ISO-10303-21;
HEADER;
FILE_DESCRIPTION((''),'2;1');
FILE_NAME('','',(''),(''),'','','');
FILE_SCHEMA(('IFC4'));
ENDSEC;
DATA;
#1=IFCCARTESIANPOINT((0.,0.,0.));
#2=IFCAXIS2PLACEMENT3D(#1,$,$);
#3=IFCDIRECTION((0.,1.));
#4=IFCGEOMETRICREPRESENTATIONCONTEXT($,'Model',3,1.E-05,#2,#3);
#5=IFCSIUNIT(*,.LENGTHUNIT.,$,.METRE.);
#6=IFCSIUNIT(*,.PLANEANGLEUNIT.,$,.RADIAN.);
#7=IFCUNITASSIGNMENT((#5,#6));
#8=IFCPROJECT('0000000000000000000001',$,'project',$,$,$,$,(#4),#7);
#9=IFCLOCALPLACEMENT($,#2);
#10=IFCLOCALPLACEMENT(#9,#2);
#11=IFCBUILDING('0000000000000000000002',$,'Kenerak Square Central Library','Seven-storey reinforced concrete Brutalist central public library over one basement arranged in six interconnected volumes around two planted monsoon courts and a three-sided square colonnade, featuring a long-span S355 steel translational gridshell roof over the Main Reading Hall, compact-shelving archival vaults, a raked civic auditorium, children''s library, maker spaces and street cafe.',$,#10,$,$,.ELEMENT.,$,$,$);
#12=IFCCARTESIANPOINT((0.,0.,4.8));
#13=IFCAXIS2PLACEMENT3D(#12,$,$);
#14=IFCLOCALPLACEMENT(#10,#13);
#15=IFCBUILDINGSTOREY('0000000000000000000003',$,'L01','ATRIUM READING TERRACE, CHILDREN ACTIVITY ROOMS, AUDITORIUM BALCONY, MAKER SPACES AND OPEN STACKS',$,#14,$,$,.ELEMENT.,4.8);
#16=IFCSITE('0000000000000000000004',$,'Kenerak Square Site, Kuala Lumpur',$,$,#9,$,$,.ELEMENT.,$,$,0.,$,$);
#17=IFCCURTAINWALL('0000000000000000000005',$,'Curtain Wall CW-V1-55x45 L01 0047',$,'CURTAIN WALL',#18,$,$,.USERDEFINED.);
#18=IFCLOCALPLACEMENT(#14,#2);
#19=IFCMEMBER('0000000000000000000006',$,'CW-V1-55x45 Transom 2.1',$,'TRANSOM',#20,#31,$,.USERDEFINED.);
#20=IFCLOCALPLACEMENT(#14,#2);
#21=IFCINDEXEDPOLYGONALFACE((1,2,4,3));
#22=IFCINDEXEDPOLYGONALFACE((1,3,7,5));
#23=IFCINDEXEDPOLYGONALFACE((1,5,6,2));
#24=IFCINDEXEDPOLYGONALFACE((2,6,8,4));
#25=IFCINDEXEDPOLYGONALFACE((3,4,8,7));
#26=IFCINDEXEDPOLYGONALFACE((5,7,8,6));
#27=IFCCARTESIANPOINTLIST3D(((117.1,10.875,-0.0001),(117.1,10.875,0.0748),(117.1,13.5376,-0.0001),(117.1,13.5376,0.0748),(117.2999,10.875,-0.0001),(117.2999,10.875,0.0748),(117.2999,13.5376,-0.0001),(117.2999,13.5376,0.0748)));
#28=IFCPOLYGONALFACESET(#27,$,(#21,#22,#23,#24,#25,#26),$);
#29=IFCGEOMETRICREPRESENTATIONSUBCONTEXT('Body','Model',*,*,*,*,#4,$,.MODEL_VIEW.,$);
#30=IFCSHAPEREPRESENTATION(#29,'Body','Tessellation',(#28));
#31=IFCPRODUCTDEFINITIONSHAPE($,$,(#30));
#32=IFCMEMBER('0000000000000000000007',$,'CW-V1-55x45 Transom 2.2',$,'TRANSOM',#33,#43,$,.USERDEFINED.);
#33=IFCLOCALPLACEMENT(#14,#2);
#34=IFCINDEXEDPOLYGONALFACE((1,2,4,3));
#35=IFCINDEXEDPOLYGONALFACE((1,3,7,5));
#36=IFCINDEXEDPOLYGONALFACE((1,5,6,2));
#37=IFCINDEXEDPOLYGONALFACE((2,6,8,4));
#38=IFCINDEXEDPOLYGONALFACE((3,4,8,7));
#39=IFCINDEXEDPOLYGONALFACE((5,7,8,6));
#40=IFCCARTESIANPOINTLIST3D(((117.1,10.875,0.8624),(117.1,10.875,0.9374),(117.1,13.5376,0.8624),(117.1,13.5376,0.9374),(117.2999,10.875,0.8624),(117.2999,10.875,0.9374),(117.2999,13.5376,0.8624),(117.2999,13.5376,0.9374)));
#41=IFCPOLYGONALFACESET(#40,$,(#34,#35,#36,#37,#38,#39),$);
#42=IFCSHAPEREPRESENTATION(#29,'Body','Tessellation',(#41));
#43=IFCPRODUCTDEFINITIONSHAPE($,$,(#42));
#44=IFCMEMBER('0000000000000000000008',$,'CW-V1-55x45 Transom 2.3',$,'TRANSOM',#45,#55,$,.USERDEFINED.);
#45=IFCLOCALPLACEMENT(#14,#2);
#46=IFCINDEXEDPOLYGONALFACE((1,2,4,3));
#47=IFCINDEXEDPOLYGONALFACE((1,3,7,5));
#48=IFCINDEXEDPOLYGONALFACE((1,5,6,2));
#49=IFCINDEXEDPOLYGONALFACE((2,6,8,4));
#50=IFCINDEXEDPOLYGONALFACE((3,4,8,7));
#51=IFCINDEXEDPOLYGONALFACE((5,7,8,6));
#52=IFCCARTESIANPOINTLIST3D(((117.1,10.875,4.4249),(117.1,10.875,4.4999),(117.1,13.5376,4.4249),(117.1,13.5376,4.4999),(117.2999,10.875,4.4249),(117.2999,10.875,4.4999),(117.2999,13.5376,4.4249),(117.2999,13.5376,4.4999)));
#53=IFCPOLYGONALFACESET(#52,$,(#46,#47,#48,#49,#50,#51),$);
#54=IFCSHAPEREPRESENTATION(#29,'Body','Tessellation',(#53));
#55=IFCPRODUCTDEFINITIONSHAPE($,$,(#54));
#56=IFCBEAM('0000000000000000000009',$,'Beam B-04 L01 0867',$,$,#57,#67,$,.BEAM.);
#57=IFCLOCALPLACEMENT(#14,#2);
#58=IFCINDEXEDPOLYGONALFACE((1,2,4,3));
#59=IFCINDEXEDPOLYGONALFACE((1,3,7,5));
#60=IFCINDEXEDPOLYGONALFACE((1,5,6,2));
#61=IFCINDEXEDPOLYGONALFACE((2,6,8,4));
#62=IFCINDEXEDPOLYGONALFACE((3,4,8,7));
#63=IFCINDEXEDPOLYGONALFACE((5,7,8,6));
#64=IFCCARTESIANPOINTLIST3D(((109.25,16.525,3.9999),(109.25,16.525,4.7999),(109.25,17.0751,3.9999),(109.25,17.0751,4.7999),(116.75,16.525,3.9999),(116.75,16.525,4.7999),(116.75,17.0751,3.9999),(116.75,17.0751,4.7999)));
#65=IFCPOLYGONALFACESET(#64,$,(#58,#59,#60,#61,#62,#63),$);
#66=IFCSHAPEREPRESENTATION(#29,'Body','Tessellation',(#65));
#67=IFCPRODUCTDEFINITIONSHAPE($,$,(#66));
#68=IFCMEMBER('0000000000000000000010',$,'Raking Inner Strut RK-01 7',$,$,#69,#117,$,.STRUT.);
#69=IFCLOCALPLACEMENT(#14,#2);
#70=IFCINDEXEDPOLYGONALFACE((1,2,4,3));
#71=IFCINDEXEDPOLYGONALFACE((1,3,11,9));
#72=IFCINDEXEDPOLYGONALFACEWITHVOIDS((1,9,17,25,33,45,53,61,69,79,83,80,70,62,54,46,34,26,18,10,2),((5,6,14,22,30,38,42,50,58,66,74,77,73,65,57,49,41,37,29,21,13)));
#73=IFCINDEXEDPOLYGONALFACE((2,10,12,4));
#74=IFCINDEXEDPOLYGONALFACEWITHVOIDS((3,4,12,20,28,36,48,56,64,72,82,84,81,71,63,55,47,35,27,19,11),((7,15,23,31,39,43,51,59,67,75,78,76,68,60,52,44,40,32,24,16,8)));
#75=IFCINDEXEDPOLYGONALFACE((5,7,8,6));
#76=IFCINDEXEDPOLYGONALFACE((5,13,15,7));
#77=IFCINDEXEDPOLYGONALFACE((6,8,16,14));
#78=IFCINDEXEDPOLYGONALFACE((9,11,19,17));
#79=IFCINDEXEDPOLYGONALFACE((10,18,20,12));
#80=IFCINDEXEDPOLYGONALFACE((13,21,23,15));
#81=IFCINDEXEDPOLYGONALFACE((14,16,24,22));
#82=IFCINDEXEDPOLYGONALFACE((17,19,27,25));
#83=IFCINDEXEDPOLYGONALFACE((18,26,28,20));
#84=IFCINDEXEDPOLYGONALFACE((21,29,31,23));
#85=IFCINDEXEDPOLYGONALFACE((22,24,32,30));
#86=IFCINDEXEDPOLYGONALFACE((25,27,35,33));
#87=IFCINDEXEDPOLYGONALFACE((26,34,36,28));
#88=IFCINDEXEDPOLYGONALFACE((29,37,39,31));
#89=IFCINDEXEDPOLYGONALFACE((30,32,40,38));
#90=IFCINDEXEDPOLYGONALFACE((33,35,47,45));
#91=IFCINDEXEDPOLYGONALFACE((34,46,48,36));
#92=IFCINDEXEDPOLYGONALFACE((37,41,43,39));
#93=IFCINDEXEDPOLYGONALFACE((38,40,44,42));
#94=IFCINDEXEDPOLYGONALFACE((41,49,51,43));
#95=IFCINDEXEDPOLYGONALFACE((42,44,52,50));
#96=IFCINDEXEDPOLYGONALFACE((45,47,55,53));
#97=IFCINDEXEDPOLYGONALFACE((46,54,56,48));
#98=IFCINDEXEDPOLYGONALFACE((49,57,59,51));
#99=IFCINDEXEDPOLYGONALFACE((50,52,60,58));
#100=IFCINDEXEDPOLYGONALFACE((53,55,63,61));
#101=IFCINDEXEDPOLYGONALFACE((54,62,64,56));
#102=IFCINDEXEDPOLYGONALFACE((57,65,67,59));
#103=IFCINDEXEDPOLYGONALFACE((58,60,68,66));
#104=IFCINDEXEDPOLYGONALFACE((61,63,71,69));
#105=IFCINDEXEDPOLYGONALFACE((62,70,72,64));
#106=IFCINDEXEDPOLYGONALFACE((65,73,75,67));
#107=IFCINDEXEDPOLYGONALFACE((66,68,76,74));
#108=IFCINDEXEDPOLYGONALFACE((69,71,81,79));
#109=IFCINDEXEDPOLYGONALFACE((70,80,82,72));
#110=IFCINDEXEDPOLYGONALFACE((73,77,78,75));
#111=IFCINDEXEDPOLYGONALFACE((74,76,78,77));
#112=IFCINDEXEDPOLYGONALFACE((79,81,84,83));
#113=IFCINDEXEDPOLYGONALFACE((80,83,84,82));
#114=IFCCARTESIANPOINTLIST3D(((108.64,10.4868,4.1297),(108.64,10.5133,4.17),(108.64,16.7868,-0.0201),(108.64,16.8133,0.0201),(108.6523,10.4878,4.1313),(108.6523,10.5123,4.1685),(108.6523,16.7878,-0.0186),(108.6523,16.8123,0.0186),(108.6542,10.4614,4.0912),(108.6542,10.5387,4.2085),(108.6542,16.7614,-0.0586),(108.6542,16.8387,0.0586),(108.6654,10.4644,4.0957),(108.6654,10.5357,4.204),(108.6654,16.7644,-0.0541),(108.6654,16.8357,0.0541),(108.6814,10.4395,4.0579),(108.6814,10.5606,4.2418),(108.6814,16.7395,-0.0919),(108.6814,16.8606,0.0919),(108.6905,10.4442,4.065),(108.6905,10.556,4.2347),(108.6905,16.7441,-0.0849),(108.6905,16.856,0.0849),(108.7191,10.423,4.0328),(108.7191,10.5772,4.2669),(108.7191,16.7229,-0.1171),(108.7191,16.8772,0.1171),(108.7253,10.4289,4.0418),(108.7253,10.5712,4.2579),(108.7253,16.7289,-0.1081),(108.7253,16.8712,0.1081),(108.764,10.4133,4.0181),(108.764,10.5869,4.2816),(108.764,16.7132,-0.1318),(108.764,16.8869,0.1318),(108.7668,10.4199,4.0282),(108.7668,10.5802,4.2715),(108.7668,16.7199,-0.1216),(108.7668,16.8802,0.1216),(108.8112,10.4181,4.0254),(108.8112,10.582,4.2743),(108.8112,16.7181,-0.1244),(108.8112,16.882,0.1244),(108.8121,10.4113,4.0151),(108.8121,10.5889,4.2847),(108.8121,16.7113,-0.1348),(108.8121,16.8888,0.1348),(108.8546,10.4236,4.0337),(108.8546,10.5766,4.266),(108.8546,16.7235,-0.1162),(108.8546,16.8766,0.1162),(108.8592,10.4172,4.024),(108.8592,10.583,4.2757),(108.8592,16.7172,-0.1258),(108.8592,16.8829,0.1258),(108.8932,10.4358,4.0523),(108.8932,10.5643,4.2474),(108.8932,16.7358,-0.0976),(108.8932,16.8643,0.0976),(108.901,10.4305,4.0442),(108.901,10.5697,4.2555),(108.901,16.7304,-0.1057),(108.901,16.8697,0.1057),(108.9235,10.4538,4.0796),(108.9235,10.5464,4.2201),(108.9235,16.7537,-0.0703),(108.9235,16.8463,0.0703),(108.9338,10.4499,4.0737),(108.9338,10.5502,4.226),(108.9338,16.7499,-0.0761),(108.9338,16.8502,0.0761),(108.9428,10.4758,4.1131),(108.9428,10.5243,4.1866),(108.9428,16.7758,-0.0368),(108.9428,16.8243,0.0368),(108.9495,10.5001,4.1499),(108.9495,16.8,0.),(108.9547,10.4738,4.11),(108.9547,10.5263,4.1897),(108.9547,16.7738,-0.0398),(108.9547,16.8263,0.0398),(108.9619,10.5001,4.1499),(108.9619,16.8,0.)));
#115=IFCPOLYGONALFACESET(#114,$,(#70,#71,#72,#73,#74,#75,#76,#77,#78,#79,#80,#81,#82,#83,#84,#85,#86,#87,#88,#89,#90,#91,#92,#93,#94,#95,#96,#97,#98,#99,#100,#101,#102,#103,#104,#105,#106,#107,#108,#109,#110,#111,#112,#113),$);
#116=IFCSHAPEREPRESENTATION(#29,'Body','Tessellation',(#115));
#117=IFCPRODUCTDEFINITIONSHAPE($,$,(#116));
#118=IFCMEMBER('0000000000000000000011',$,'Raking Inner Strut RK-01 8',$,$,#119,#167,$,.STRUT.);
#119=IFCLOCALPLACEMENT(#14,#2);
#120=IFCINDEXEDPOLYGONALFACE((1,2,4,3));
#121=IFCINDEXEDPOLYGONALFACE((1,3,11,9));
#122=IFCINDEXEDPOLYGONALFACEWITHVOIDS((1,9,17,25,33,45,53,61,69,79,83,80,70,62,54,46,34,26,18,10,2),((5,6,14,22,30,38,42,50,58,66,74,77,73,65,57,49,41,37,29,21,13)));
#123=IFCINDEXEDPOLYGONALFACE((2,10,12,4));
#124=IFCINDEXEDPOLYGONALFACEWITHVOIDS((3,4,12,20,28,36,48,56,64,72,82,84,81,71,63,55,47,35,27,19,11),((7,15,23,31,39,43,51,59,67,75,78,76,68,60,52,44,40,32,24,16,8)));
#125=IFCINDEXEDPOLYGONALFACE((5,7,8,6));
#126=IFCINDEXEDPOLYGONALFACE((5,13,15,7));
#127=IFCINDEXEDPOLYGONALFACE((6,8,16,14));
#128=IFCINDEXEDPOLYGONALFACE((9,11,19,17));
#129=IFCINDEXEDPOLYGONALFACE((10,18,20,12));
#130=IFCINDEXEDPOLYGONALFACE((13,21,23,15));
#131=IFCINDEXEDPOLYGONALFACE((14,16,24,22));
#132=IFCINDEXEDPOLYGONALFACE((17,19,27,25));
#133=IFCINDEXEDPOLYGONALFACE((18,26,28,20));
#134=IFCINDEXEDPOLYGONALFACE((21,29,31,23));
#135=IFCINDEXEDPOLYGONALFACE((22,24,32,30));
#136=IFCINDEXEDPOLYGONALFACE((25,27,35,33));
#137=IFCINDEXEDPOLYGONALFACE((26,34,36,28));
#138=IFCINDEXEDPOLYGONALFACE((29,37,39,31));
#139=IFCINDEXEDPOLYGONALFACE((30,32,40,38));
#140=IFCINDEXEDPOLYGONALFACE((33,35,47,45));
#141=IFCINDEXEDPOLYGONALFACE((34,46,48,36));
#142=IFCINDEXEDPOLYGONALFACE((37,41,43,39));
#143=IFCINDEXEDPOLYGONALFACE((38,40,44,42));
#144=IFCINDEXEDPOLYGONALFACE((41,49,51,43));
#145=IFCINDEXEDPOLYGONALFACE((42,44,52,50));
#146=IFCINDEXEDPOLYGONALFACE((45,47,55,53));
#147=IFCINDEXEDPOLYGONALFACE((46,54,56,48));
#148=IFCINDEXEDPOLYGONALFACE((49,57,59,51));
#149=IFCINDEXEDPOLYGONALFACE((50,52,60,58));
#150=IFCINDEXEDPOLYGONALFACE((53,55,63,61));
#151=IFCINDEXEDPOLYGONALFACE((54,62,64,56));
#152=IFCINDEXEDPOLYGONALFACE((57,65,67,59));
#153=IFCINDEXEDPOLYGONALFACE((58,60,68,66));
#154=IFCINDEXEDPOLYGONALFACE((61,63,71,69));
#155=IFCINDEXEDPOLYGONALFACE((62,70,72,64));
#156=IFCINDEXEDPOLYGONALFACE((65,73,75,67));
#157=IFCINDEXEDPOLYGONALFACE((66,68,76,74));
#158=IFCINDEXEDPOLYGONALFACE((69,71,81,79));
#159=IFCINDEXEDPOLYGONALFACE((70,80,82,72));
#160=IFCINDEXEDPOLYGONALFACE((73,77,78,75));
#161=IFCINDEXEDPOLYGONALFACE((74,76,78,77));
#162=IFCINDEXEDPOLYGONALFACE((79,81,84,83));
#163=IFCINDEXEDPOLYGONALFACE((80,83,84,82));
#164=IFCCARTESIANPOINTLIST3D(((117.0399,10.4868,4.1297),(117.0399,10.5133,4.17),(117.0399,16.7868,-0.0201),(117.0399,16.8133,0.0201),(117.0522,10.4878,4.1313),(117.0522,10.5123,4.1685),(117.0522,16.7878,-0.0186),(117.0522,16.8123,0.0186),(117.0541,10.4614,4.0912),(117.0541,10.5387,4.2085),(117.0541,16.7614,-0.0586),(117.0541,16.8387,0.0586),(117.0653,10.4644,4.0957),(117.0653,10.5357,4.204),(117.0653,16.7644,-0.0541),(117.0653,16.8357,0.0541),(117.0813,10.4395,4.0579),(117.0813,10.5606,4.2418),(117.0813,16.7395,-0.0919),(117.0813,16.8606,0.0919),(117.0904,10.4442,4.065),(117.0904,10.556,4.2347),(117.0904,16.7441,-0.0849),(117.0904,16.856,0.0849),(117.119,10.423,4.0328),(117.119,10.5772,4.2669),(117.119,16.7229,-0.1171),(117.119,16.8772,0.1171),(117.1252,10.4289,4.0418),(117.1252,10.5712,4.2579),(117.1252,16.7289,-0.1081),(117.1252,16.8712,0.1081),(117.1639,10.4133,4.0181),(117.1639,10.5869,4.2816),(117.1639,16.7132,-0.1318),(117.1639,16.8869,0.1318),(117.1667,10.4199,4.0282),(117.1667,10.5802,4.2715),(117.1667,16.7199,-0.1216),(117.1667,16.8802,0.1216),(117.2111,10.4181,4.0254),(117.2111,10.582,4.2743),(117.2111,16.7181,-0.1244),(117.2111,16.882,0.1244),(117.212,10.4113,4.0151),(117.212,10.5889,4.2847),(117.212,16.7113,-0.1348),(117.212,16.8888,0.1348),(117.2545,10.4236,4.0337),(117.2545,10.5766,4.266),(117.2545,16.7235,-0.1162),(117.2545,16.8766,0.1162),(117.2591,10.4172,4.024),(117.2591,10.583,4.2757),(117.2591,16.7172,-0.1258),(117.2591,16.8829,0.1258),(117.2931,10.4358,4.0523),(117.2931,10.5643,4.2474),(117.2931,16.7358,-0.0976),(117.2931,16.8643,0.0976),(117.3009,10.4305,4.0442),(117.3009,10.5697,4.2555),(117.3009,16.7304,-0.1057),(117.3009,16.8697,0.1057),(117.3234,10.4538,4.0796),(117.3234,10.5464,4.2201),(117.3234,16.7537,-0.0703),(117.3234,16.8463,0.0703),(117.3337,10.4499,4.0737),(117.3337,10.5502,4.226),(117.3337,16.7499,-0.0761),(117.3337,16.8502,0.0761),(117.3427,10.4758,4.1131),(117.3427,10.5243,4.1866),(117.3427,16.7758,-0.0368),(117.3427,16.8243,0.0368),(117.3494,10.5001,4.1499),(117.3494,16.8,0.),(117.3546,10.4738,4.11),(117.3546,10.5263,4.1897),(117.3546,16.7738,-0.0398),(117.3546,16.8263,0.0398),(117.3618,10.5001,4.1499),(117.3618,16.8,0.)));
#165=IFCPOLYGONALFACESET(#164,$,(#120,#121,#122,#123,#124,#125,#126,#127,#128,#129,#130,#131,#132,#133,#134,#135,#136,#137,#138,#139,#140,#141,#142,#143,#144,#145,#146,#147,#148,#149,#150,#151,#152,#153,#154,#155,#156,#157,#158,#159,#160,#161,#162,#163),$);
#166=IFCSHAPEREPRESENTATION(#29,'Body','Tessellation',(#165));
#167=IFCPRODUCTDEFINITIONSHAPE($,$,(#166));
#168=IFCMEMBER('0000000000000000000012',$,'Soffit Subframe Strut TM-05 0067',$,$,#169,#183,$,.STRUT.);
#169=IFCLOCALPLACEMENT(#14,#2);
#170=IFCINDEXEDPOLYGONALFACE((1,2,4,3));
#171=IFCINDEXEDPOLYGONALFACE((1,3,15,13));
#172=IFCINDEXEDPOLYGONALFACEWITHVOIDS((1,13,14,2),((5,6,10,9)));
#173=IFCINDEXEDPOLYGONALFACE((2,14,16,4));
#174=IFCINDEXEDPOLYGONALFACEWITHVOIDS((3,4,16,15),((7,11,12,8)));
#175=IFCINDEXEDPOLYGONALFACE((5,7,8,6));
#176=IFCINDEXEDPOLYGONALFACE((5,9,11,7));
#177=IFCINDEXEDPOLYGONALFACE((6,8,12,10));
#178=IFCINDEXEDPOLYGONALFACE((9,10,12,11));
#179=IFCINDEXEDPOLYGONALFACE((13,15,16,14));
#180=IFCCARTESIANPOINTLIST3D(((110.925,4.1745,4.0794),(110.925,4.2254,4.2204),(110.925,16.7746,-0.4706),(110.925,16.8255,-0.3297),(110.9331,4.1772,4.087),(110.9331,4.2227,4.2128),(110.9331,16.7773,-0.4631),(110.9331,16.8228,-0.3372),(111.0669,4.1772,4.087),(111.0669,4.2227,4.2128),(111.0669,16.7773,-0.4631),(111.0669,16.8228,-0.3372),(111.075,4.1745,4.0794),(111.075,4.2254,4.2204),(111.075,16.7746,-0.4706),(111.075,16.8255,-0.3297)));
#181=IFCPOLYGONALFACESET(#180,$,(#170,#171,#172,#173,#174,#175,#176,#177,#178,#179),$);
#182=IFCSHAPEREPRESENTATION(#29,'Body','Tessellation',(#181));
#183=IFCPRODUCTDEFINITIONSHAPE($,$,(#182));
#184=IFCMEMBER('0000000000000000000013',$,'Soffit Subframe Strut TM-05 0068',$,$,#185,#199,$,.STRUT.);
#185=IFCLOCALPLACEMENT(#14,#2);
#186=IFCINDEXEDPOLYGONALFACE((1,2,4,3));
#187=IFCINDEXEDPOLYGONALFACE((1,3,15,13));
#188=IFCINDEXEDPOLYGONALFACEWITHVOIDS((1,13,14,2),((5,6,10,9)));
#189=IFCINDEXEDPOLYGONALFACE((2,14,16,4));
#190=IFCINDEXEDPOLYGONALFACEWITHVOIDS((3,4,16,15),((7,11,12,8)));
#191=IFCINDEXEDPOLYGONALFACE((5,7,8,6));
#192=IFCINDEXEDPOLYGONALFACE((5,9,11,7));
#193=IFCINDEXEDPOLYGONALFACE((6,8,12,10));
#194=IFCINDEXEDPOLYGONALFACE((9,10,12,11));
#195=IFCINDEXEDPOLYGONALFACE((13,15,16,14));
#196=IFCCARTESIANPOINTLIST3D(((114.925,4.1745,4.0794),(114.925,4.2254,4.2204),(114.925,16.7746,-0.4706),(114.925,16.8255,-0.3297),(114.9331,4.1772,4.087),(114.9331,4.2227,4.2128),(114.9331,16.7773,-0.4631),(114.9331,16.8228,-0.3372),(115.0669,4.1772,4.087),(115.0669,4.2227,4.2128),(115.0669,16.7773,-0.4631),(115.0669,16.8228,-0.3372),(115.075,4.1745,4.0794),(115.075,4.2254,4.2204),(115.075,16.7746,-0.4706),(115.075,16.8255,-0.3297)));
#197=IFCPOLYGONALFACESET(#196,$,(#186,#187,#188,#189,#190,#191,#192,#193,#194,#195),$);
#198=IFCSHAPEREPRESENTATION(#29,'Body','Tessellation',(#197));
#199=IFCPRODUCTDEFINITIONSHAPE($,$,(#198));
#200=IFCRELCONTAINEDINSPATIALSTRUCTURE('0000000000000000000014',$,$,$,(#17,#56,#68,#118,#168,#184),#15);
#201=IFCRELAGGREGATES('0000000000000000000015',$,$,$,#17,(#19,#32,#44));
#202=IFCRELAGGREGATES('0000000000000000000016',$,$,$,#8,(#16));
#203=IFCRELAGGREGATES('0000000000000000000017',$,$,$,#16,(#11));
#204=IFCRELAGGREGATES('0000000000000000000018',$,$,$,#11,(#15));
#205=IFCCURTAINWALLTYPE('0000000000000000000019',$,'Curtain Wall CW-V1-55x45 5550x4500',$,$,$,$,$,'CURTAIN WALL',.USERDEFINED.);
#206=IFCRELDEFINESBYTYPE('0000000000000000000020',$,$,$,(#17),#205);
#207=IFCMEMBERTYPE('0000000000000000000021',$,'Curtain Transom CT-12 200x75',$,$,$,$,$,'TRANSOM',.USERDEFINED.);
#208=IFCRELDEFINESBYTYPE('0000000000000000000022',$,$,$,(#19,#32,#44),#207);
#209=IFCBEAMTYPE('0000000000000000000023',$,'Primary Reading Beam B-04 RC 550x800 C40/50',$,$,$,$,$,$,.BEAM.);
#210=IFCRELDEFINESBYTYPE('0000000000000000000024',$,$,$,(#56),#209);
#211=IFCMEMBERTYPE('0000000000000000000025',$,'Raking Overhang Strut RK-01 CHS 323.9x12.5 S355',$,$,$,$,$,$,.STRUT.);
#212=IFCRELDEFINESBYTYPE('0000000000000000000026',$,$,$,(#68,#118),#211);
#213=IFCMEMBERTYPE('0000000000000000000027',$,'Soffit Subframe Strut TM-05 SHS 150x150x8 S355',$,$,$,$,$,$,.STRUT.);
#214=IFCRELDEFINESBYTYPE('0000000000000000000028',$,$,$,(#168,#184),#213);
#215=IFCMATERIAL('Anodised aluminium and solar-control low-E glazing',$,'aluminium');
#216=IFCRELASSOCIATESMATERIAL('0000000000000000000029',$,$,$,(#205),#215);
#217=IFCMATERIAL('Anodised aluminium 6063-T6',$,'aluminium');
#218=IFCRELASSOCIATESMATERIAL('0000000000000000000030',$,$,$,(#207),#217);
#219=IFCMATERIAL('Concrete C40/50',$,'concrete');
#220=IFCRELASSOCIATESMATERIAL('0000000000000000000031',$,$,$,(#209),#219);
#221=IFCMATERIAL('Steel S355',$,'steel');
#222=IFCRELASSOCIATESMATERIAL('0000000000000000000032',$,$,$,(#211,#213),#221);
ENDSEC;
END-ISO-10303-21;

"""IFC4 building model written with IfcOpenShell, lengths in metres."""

from ifc_helpers import new_model, si_unit, direction, frame, origin, origin_2d, place, context, subcontext, project, spatial, rectangle, hollow_rectangle, hollow_circle, extrude, material, material_profile, profile_set, type_object, element, aggregate, save


model = new_model("IFC4")

# Units and contexts
model_context = context("Model", 3, precision=1e-05, world=origin(), true_north=direction((0.0, 1.0)))
body_context = subcontext(model_context, "Body", "Model", "MODEL_VIEW")
ifc_project = project(units=[si_unit("LENGTHUNIT", "METRE"), si_unit("PLANEANGLEUNIT", "RADIAN")], contexts=[model_context])

# Site, building, storey
site_placement = place(None, origin())
site = spatial("IfcSite", under=ifc_project, at=site_placement, Name="Kenerak Square Site, Kuala Lumpur", CompositionType="ELEMENT", RefElevation=0.0)
building_placement = place(site_placement, origin())
building = spatial("IfcBuilding", under=site, at=building_placement, Name="Kenerak Square Central Library", Description="Seven-storey reinforced concrete Brutalist central public library over one basement arranged in six interconnected volumes around two planted monsoon courts and a three-sided square colonnade, featuring a long-span S355 steel translational gridshell roof over the Main Reading Hall, compact-shelving archival vaults, a raked civic auditorium, children's library, maker spaces and street cafe.", CompositionType="ELEMENT")
storey_placement = place(building_placement, frame((0.0, 0.0, 4.8)))
storey = spatial("IfcBuildingStorey", under=building, at=storey_placement, Name="L01", Description="ATRIUM READING TERRACE, CHILDREN ACTIVITY ROOMS, AUDITORIUM BALCONY, MAKER SPACES AND OPEN STACKS", CompositionType="ELEMENT", Elevation=4.8)

# Shared definitions
ifc_material_1 = material(Name="Steel S355", Category="steel")

# Curtain wall, members
ifc_material_2 = material(Name="Anodised aluminium and solar-control low-E glazing", Category="aluminium")
curtain_wall_type = type_object("IfcCurtainWallType", Name="Curtain Wall CW-V1-55x45 5550x4500", ElementType="CURTAIN WALL", PredefinedType="USERDEFINED", material=ifc_material_2)
curtain_wall_placement = place(storey_placement, origin())
curtain_wall = element("IfcCurtainWall", 1, at=curtain_wall_placement, inside=storey, type_object=curtain_wall_type, Name="Curtain Wall CW-V1-55x45 L01 0047", ObjectType="CURTAIN WALL", PredefinedType="USERDEFINED")
ifc_material_3 = material(Name="Anodised aluminium 6063-T6", Category="aluminium")
ifc_material_profile_1 = material_profile(ifc_material_3, rectangle(XDim=0.2, YDim=0.075, at=origin_2d()), Name="AL TRANSOM 200x75")
ifc_profile_set_1 = profile_set([ifc_material_profile_1], Name="Anodised aluminium 6063-T6")
member_type_1 = type_object("IfcMemberType", Name="Curtain Transom CT-12 200x75", ElementType="TRANSOM", PredefinedType="USERDEFINED", material=ifc_profile_set_1)
member_1_placement = place(storey_placement, frame((117.2, 13.5376, 0.0374), z_axis=(0.0, -1.0, 0.0), x_axis=(1.0, 0.0, 0.0)))
member_1 = element("IfcMember", 2, at=member_1_placement, type_object=member_type_1, Name="CW-V1-55x45 Transom 2.1", ObjectType="TRANSOM", PredefinedType="USERDEFINED", context=body_context, shape_type="SweptSolid", body=[
    extrude(rectangle(XDim=0.2, YDim=0.075, at=origin_2d()), origin(), (0.0, 0.0, 1.0), 2.6626),
])
member_2_placement = place(storey_placement, frame((117.2, 13.5376, 0.8999), z_axis=(0.0, -1.0, 0.0), x_axis=(1.0, 0.0, 0.0)))
member_2 = element("IfcMember", 3, at=member_2_placement, type_object=member_type_1, Name="CW-V1-55x45 Transom 2.2", ObjectType="TRANSOM", PredefinedType="USERDEFINED", context=body_context, shape_type="SweptSolid", body=[
    extrude(rectangle(XDim=0.2, YDim=0.075, at=origin_2d()), origin(), (0.0, 0.0, 1.0), 2.6626),
])
member_3_placement = place(storey_placement, frame((117.2, 13.5376, 4.4624), z_axis=(0.0, -1.0, 0.0), x_axis=(1.0, 0.0, 0.0)))
member_3 = element("IfcMember", 4, at=member_3_placement, type_object=member_type_1, Name="CW-V1-55x45 Transom 2.3", ObjectType="TRANSOM", PredefinedType="USERDEFINED", context=body_context, shape_type="SweptSolid", body=[
    extrude(rectangle(XDim=0.2, YDim=0.075, at=origin_2d()), origin(), (0.0, 0.0, 1.0), 2.6626),
])

# Beam
ifc_material_4 = material(Name="Concrete C40/50", Category="concrete")
ifc_material_profile_2 = material_profile(ifc_material_4, rectangle(XDim=0.55, YDim=0.8, at=origin_2d()), Name="RC 550x800")
ifc_profile_set_2 = profile_set([ifc_material_profile_2], Name="Concrete C40/50")
beam_type_1 = type_object("IfcBeamType", Name="Primary Reading Beam B-04 RC 550x800 C40/50", PredefinedType="BEAM", material=ifc_profile_set_2)
beam_1_placement = place(storey_placement, frame((109.25, 16.8, 4.3999), z_axis=(1.0, 0.0, 0.0), x_axis=(0.0, 1.0, 0.0)))
element("IfcBeam", 5, at=beam_1_placement, inside=storey, type_object=beam_type_1, Name="Beam B-04 L01 0867", PredefinedType="BEAM", context=body_context, shape_type="SweptSolid", body=[
    extrude(rectangle(XDim=0.55, YDim=0.8, at=origin_2d()), origin(), (0.0, 0.0, 1.0), 7.5),
])

# Members
ifc_material_profile_3 = material_profile(ifc_material_1, hollow_circle(Radius=0.1619, WallThickness=0.0125, at=origin_2d()), Name="CHS 323.9x12.5")
ifc_profile_set_3 = profile_set([ifc_material_profile_3], Name="Steel S355")
member_type_2 = type_object("IfcMemberType", Name="Raking Overhang Strut RK-01 CHS 323.9x12.5 S355", PredefinedType="STRUT", material=ifc_profile_set_3)
for number, where, z_axis, x_axis, name in (
    (6, (108.8, 16.8, 0.0), (0.0, -0.835105, 0.550091), (1.0, 0.0, 0.0), "Raking Inner Strut RK-01 7"),
    (7, (117.2, 16.8, 0.0), (0.0, -0.835105, 0.550091), (1.0, 0.0, 0.0), "Raking Inner Strut RK-01 8"),
):
    element("IfcMember", number, at=place(storey_placement, frame(where, z_axis=z_axis, x_axis=x_axis)), inside=storey, type_object=member_type_2, Name=name, PredefinedType="STRUT", context=body_context, shape_type="SweptSolid", body=[
        extrude(hollow_circle(Radius=0.1619, WallThickness=0.0125, at=origin_2d()), origin(), (0.0, 0.0, 1.0), 7.5439),
    ])
ifc_material_profile_4 = material_profile(ifc_material_1, hollow_rectangle(XDim=0.1499, YDim=0.1499, WallThickness=0.0081, at=origin_2d()), Name="SHS 150x150x8.0")
ifc_profile_set_4 = profile_set([ifc_material_profile_4], Name="Steel S355")
member_type_3 = type_object("IfcMemberType", Name="Soffit Subframe Strut TM-05 SHS 150x150x8 S355", PredefinedType="STRUT", material=ifc_profile_set_4)
for number, where, z_axis, x_axis, name in (
    (8, (111.0, 16.8, -0.4001), (0.0, -0.940554, 0.339645), (1.0, 0.0, 0.0), "Soffit Subframe Strut TM-05 0067"),
    (9, (115.0, 16.8, -0.4001), (0.0, -0.940554, 0.339645), (1.0, 0.0, 0.0), "Soffit Subframe Strut TM-05 0068"),
):
    element("IfcMember", number, at=place(storey_placement, frame(where, z_axis=z_axis, x_axis=x_axis)), inside=storey, type_object=member_type_3, Name=name, PredefinedType="STRUT", context=body_context, shape_type="SweptSolid", body=[
        extrude(hollow_rectangle(XDim=0.1499, YDim=0.1499, WallThickness=0.0081, at=origin_2d()), origin(), (0.0, 0.0, 1.0), 13.3965),
    ])

aggregate(curtain_wall, [member_1, member_2, member_3])

save(model, "model.ifc")
